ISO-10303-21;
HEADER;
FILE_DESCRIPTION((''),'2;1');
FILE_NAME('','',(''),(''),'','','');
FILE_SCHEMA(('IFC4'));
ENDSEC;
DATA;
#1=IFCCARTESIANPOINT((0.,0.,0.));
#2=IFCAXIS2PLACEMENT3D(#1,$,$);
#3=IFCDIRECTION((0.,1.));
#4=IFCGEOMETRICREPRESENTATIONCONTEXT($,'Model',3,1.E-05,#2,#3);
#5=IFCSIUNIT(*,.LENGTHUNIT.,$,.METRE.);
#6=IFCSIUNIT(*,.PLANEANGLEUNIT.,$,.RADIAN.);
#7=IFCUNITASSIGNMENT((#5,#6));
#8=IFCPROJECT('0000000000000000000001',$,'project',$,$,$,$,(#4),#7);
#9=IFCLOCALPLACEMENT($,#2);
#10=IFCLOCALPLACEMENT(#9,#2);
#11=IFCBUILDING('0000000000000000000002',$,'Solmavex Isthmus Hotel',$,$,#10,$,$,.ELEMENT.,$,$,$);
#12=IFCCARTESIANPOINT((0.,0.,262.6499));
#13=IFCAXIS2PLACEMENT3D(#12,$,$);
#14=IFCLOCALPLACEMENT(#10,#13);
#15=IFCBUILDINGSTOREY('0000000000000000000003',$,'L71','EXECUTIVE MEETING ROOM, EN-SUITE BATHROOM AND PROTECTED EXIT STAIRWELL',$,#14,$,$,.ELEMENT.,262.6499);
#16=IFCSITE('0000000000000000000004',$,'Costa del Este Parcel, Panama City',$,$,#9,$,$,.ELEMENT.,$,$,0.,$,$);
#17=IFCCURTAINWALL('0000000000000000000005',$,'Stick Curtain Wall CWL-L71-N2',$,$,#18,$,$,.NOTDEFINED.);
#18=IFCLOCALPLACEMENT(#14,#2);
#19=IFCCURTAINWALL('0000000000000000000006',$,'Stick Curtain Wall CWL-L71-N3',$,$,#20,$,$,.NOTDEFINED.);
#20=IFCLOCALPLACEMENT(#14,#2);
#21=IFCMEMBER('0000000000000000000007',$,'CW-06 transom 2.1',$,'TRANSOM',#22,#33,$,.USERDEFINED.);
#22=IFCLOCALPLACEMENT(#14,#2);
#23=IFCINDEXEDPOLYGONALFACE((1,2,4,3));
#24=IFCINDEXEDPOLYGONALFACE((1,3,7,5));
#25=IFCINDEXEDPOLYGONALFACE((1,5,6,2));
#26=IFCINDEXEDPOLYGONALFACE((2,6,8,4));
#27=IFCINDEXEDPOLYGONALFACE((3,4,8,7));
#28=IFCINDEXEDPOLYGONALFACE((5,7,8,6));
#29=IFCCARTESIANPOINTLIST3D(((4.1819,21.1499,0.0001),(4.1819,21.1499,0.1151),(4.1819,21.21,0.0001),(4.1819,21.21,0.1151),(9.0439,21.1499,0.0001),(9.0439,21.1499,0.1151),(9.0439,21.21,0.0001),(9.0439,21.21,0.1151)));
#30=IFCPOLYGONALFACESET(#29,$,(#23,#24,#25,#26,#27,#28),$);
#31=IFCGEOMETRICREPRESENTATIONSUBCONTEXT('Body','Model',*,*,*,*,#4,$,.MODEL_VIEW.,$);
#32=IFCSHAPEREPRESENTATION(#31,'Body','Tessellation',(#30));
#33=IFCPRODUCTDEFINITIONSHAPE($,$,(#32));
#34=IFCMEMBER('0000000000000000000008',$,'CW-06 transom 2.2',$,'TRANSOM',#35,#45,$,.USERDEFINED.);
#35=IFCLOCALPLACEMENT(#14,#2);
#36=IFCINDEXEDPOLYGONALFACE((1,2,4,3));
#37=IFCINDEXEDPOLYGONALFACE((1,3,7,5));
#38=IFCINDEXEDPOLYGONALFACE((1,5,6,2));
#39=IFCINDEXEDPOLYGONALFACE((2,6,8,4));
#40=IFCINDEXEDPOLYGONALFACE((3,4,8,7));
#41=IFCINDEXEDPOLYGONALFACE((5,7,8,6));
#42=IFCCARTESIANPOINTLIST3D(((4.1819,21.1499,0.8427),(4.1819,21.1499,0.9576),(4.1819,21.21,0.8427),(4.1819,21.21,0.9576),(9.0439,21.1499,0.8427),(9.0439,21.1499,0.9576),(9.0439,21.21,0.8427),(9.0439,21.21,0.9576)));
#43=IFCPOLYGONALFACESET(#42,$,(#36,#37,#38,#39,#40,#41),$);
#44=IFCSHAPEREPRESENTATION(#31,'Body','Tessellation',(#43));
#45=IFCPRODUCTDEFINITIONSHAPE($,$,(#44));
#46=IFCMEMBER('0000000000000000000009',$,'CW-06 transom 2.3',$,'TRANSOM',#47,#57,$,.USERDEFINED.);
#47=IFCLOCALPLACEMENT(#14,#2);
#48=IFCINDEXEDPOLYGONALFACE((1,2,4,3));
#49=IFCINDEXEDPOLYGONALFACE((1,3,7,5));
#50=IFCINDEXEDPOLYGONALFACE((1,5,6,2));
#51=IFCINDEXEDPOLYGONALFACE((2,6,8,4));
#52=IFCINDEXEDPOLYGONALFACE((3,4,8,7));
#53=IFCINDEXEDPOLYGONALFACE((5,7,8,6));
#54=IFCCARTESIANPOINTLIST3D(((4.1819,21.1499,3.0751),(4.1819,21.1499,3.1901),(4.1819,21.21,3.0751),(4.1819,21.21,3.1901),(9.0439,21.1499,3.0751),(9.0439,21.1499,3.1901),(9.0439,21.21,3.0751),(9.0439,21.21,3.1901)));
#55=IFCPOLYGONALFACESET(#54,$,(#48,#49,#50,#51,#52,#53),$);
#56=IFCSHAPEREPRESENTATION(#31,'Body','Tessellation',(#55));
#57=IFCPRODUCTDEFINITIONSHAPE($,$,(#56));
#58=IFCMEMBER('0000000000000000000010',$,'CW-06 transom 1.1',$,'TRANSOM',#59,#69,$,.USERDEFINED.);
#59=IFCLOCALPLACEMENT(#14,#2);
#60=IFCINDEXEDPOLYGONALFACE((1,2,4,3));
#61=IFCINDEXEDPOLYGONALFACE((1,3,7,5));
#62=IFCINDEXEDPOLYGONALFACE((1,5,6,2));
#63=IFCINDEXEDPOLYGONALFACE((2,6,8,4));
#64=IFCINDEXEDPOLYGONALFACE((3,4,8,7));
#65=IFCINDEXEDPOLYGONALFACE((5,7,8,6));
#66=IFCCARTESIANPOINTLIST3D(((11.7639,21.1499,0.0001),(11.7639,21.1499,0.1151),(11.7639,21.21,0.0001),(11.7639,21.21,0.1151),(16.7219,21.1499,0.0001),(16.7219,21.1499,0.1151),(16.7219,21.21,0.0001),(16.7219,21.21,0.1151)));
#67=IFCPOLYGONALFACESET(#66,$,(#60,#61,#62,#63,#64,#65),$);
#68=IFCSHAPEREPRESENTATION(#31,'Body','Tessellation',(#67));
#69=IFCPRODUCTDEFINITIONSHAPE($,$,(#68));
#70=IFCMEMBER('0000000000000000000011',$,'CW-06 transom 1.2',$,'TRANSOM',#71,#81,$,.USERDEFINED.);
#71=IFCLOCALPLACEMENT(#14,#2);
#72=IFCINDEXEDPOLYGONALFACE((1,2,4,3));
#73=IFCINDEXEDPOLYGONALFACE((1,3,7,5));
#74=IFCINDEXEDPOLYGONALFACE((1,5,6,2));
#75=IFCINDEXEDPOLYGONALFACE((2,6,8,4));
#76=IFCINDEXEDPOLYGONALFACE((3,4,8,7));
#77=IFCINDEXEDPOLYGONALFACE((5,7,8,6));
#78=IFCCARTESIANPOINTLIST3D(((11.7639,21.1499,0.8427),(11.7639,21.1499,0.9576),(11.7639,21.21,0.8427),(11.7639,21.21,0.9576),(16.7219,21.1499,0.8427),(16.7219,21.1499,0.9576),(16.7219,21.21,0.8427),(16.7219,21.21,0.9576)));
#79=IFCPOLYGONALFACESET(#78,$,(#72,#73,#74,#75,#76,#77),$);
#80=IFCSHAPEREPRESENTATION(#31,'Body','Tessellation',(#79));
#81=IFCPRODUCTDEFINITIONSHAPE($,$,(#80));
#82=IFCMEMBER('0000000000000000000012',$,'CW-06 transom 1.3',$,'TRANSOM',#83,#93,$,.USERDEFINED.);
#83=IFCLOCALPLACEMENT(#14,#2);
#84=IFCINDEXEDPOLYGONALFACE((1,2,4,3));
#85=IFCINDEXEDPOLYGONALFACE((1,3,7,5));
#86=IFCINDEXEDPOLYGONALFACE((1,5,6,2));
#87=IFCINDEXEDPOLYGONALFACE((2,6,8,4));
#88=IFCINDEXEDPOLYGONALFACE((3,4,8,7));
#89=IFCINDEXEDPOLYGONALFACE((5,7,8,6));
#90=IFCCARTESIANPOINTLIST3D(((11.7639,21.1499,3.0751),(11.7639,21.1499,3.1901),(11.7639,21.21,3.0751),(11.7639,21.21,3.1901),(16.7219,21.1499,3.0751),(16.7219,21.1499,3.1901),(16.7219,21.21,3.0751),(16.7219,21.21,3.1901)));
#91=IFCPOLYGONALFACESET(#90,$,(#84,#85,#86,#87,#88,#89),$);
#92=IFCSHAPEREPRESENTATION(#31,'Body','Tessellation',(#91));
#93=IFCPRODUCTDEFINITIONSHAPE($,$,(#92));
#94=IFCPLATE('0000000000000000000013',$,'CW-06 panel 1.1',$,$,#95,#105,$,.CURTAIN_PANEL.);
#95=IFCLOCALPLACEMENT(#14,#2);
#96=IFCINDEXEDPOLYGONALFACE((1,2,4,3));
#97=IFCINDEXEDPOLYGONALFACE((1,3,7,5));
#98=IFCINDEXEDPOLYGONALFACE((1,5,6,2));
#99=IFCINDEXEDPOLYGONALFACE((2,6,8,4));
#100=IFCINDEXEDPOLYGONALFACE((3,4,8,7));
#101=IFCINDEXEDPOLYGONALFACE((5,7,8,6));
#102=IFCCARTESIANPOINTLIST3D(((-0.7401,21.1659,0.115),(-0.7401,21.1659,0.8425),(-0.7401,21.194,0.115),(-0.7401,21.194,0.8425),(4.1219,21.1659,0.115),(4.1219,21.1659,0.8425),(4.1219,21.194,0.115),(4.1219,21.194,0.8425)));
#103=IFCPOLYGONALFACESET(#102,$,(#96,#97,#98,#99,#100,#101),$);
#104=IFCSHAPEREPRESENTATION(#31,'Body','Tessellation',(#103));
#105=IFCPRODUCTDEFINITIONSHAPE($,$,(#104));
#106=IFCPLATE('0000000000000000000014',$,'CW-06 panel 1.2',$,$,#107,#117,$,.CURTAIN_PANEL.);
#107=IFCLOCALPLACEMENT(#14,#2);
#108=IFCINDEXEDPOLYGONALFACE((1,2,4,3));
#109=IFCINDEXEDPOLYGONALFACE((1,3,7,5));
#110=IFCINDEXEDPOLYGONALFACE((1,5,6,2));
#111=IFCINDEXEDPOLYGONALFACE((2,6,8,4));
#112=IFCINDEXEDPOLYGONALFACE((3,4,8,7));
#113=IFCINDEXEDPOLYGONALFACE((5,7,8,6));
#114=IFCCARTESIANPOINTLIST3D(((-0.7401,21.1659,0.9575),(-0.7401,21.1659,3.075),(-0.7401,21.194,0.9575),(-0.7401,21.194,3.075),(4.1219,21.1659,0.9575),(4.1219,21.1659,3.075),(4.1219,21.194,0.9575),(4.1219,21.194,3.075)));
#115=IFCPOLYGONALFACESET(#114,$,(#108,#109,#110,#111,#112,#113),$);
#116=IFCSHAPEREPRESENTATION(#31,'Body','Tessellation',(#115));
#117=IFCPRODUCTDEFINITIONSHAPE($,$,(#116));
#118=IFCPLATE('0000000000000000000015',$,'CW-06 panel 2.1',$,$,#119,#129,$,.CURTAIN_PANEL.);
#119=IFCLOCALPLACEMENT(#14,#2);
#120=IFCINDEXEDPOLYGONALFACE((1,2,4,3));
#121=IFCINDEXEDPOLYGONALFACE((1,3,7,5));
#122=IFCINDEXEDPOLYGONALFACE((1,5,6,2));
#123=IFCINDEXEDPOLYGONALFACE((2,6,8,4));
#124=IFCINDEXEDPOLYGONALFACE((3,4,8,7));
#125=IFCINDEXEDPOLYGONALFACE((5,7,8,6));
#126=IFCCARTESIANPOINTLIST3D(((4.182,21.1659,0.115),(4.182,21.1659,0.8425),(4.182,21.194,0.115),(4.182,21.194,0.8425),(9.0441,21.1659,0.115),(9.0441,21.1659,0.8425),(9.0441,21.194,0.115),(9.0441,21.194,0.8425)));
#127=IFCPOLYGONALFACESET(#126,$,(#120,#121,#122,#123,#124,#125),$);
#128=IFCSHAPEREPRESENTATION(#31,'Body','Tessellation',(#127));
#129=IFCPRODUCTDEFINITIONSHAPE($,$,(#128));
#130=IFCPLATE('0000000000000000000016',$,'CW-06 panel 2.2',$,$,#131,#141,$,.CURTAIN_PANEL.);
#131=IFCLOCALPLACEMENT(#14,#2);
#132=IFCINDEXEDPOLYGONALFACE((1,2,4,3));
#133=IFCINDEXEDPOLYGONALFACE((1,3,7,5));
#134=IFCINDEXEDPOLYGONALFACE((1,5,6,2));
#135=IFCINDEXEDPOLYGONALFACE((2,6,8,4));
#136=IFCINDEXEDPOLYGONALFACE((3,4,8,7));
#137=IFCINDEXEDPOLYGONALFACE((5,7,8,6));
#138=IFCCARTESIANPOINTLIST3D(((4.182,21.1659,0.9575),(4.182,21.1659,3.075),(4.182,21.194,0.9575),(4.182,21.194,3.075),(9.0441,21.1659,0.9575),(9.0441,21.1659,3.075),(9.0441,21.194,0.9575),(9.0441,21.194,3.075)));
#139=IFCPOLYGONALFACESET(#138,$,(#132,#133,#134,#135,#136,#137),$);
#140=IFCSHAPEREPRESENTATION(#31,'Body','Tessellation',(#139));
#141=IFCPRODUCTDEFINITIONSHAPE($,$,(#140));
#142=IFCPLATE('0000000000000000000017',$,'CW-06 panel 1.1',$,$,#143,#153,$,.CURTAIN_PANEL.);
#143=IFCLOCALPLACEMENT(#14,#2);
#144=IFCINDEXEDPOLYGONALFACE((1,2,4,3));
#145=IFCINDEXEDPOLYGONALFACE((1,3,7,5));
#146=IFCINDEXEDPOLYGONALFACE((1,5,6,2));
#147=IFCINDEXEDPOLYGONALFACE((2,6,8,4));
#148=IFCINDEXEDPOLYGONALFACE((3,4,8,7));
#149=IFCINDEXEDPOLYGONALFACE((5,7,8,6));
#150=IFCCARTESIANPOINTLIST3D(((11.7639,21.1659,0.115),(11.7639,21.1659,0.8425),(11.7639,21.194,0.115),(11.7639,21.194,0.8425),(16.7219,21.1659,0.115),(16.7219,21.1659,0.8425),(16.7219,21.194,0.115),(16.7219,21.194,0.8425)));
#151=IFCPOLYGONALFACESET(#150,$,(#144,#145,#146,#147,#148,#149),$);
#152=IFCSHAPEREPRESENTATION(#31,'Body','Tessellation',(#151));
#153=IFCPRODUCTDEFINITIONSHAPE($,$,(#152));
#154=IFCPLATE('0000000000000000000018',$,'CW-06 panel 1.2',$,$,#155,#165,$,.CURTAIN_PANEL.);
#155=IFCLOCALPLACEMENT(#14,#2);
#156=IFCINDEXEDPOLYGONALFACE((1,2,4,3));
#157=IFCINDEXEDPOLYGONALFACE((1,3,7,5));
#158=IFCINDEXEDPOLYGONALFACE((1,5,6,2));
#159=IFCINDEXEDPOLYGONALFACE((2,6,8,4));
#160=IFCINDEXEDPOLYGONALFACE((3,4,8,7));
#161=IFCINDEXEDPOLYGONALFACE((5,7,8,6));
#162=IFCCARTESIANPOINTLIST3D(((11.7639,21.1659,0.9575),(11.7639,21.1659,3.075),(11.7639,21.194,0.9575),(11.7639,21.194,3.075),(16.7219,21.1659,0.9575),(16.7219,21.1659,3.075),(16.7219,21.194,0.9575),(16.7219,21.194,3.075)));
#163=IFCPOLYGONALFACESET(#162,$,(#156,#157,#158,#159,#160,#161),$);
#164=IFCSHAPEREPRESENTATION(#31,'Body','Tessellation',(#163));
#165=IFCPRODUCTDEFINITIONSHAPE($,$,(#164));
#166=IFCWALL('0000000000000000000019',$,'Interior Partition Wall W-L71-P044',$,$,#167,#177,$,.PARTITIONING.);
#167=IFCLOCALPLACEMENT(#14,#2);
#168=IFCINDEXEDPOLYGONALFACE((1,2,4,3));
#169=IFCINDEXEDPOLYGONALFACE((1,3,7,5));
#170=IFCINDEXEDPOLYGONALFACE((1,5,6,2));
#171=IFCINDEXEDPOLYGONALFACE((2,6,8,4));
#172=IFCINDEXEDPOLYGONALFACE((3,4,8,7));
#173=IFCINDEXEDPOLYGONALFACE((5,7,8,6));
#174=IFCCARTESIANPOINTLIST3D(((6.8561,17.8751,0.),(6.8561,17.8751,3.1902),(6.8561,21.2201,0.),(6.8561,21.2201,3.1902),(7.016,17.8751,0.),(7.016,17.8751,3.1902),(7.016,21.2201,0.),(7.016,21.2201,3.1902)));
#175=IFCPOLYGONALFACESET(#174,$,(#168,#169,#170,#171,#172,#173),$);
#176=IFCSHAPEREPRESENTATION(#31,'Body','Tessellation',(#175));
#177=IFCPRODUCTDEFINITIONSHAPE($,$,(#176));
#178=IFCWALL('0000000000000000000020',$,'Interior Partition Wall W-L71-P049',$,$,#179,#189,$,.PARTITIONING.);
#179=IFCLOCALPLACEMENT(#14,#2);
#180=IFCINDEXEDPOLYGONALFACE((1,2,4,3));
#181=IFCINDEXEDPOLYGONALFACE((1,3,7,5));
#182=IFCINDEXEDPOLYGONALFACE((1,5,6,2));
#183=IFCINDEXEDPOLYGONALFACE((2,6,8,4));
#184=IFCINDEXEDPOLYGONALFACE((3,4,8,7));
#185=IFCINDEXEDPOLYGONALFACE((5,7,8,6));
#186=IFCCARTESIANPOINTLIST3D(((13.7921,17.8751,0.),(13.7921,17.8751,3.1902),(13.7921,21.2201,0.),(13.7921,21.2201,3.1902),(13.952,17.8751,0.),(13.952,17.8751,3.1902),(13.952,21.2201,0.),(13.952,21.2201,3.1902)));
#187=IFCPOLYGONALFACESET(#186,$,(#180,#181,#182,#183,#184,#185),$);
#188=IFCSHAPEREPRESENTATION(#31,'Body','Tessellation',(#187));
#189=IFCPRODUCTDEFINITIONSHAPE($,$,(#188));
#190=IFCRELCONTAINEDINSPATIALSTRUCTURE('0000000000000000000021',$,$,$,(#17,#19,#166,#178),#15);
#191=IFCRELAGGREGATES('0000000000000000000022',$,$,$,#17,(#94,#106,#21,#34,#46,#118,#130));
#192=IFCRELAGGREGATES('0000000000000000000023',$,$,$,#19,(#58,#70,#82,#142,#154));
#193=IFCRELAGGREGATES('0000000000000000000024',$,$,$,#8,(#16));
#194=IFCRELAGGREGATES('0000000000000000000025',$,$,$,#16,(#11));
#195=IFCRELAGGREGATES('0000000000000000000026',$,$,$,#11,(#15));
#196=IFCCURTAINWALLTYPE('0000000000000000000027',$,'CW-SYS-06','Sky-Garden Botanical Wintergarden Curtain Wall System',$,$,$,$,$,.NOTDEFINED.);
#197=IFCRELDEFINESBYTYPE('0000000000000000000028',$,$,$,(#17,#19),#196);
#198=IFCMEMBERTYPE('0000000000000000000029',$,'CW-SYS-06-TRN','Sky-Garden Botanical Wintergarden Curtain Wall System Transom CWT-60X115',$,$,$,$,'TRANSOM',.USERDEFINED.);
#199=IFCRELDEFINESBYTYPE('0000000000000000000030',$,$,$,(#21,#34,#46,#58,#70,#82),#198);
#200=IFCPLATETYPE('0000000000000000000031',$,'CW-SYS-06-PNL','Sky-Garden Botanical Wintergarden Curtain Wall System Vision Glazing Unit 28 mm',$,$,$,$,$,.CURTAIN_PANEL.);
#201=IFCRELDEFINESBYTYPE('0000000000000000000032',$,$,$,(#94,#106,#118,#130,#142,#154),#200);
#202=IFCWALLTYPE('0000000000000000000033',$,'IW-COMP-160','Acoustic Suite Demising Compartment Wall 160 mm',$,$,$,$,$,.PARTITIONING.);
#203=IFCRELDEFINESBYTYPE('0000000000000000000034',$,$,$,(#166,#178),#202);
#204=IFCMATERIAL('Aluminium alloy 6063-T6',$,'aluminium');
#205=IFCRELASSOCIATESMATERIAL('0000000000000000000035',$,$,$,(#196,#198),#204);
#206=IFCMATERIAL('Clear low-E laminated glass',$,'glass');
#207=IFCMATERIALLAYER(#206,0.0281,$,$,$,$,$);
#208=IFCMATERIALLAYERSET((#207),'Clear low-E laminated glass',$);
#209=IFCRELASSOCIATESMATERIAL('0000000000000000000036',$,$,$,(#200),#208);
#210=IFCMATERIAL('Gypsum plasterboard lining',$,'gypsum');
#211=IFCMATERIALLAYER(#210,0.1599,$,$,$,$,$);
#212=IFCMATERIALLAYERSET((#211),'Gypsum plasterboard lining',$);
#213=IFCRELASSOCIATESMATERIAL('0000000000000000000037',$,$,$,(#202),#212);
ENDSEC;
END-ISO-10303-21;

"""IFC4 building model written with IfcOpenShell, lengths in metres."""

from ifc_helpers import new_model, si_unit, direction, frame, frame_2d, origin, origin_2d, place, context, subcontext, project, spatial, rectangle, extrude, material, layer, layer_set, material_profile, profile_set, type_object, element, aggregate, save


model = new_model("IFC4")

# Units and contexts
model_context = context("Model", 3, precision=1e-05, world=origin(), true_north=direction((0.0, 1.0)))
body_context = subcontext(model_context, "Body", "Model", "MODEL_VIEW")
ifc_project = project(units=[si_unit("LENGTHUNIT", "METRE"), si_unit("PLANEANGLEUNIT", "RADIAN")], contexts=[model_context])

# Site, building, storey
site_placement = place(None, origin())
site = spatial("IfcSite", under=ifc_project, at=site_placement, Name="Costa del Este Parcel, Panama City", CompositionType="ELEMENT", RefElevation=0.0)
building_placement = place(site_placement, origin())
building = spatial("IfcBuilding", under=site, at=building_placement, Name="Solmavex Isthmus Hotel", CompositionType="ELEMENT")
storey_placement = place(building_placement, frame((0.0, 0.0, 262.6499)))
storey = spatial("IfcBuildingStorey", under=building, at=storey_placement, Name="L71", Description="EXECUTIVE MEETING ROOM, EN-SUITE BATHROOM AND PROTECTED EXIT STAIRWELL", CompositionType="ELEMENT", Elevation=262.6499)

# Curtain wall
ifc_material_1 = material(Name="Aluminium alloy 6063-T6", Category="aluminium")
curtain_wall_type = type_object("IfcCurtainWallType", Name="CW-SYS-06", Description="Sky-Garden Botanical Wintergarden Curtain Wall System", PredefinedType="NOTDEFINED", material=ifc_material_1)
curtain_wall_1_placement = place(storey_placement, origin())
curtain_wall_1 = element("IfcCurtainWall", 1, at=curtain_wall_1_placement, inside=storey, type_object=curtain_wall_type, Name="Stick Curtain Wall CWL-L71-N2", PredefinedType="NOTDEFINED")

# Curtain wall
curtain_wall_2_placement = place(storey_placement, origin())
curtain_wall_2 = element("IfcCurtainWall", 2, at=curtain_wall_2_placement, inside=storey, type_object=curtain_wall_type, Name="Stick Curtain Wall CWL-L71-N3", PredefinedType="NOTDEFINED")

# Members
ifc_material_profile_1 = material_profile(ifc_material_1, rectangle(XDim=0.0601, YDim=0.115, at=origin_2d()), Name="CWT-60X115")
ifc_profile_set_1 = profile_set([ifc_material_profile_1], Name="Aluminium alloy 6063-T6")
member_type_1 = type_object("IfcMemberType", Name="CW-SYS-06-TRN", Description="Sky-Garden Botanical Wintergarden Curtain Wall System Transom CWT-60X115", ElementType="TRANSOM", PredefinedType="USERDEFINED", material=ifc_profile_set_1)
member_1_placement = place(storey_placement, frame((4.1819, 21.1799, 0.0576), z_axis=(1.0, 0.0, 0.0), x_axis=(0.0, 1.0, 0.0)))
member_1 = element("IfcMember", 3, at=member_1_placement, type_object=member_type_1, Name="CW-06 transom 2.1", ObjectType="TRANSOM", PredefinedType="USERDEFINED", context=body_context, shape_type="SweptSolid", body=[
    extrude(rectangle(XDim=0.0601, YDim=0.115, at=origin_2d()), origin(), (0.0, 0.0, 1.0), 4.8621),
])
member_2_placement = place(storey_placement, frame((4.1819, 21.1799, 0.9001), z_axis=(1.0, 0.0, 0.0), x_axis=(0.0, 1.0, 0.0)))
member_2 = element("IfcMember", 4, at=member_2_placement, type_object=member_type_1, Name="CW-06 transom 2.2", ObjectType="TRANSOM", PredefinedType="USERDEFINED", context=body_context, shape_type="SweptSolid", body=[
    extrude(rectangle(XDim=0.0601, YDim=0.115, at=origin_2d()), origin(), (0.0, 0.0, 1.0), 4.8621),
])
member_3_placement = place(storey_placement, frame((4.1819, 21.1799, 3.1326), z_axis=(1.0, 0.0, 0.0), x_axis=(0.0, 1.0, 0.0)))
member_3 = element("IfcMember", 5, at=member_3_placement, type_object=member_type_1, Name="CW-06 transom 2.3", ObjectType="TRANSOM", PredefinedType="USERDEFINED", context=body_context, shape_type="SweptSolid", body=[
    extrude(rectangle(XDim=0.0601, YDim=0.115, at=origin_2d()), origin(), (0.0, 0.0, 1.0), 4.8621),
])
member_4_placement = place(storey_placement, frame((11.7639, 21.1799, 0.0576), z_axis=(1.0, 0.0, 0.0), x_axis=(0.0, 1.0, 0.0)))
member_4 = element("IfcMember", 6, at=member_4_placement, type_object=member_type_1, Name="CW-06 transom 1.1", ObjectType="TRANSOM", PredefinedType="USERDEFINED", context=body_context, shape_type="SweptSolid", body=[
    extrude(rectangle(XDim=0.0601, YDim=0.115, at=origin_2d()), origin(), (0.0, 0.0, 1.0), 4.958),
])
member_5_placement = place(storey_placement, frame((11.7639, 21.1799, 0.9001), z_axis=(1.0, 0.0, 0.0), x_axis=(0.0, 1.0, 0.0)))
member_5 = element("IfcMember", 7, at=member_5_placement, type_object=member_type_1, Name="CW-06 transom 1.2", ObjectType="TRANSOM", PredefinedType="USERDEFINED", context=body_context, shape_type="SweptSolid", body=[
    extrude(rectangle(XDim=0.0601, YDim=0.115, at=origin_2d()), origin(), (0.0, 0.0, 1.0), 4.958),
])
member_6_placement = place(storey_placement, frame((11.7639, 21.1799, 3.1326), z_axis=(1.0, 0.0, 0.0), x_axis=(0.0, 1.0, 0.0)))
member_6 = element("IfcMember", 8, at=member_6_placement, type_object=member_type_1, Name="CW-06 transom 1.3", ObjectType="TRANSOM", PredefinedType="USERDEFINED", context=body_context, shape_type="SweptSolid", body=[
    extrude(rectangle(XDim=0.0601, YDim=0.115, at=origin_2d()), origin(), (0.0, 0.0, 1.0), 4.958),
])

# Plates
ifc_material_2 = material(Name="Clear low-E laminated glass", Category="glass")
ifc_layer_1 = layer(ifc_material_2, 0.0281)
ifc_layer_set_1 = layer_set([ifc_layer_1], Name="Clear low-E laminated glass")
plate_type = type_object("IfcPlateType", Name="CW-SYS-06-PNL", Description="Sky-Garden Botanical Wintergarden Curtain Wall System Vision Glazing Unit 28 mm", PredefinedType="CURTAIN_PANEL", material=ifc_layer_set_1)
plate_1_placement = place(storey_placement, frame((1.6909, 21.1799, 0.115), z_axis=(0.0, 0.0, 1.0), x_axis=(1.0, 0.0, 0.0)))
plate_1 = element("IfcPlate", 9, at=plate_1_placement, type_object=plate_type, Name="CW-06 panel 1.1", PredefinedType="CURTAIN_PANEL", context=body_context, shape_type="SweptSolid", body=[
    extrude(rectangle(XDim=4.8621, YDim=0.0281, at=origin_2d()), origin(), (0.0, 0.0, 1.0), 0.7275),
])
plate_2_placement = place(storey_placement, frame((1.6909, 21.1799, 0.9575), z_axis=(0.0, 0.0, 1.0), x_axis=(1.0, 0.0, 0.0)))
plate_2 = element("IfcPlate", 10, at=plate_2_placement, type_object=plate_type, Name="CW-06 panel 1.2", PredefinedType="CURTAIN_PANEL", context=body_context, shape_type="SweptSolid", body=[
    extrude(rectangle(XDim=4.8621, YDim=0.0281, at=origin_2d()), origin(), (0.0, 0.0, 1.0), 2.1174),
])
plate_3_placement = place(storey_placement, frame((6.613, 21.1799, 0.115), z_axis=(0.0, 0.0, 1.0), x_axis=(1.0, 0.0, 0.0)))
plate_3 = element("IfcPlate", 11, at=plate_3_placement, type_object=plate_type, Name="CW-06 panel 2.1", PredefinedType="CURTAIN_PANEL", context=body_context, shape_type="SweptSolid", body=[
    extrude(rectangle(XDim=4.8621, YDim=0.0281, at=origin_2d()), origin(), (0.0, 0.0, 1.0), 0.7275),
])
plate_4_placement = place(storey_placement, frame((6.613, 21.1799, 0.9575), z_axis=(0.0, 0.0, 1.0), x_axis=(1.0, 0.0, 0.0)))
plate_4 = element("IfcPlate", 12, at=plate_4_placement, type_object=plate_type, Name="CW-06 panel 2.2", PredefinedType="CURTAIN_PANEL", context=body_context, shape_type="SweptSolid", body=[
    extrude(rectangle(XDim=4.8621, YDim=0.0281, at=origin_2d()), origin(), (0.0, 0.0, 1.0), 2.1174),
])
aggregate(curtain_wall_1, [plate_1, plate_2, member_1, member_2, member_3, plate_3, plate_4])
plate_5_placement = place(storey_placement, frame((14.2429, 21.1799, 0.115), z_axis=(0.0, 0.0, 1.0), x_axis=(1.0, 0.0, 0.0)))
plate_5 = element("IfcPlate", 13, at=plate_5_placement, type_object=plate_type, Name="CW-06 panel 1.1", PredefinedType="CURTAIN_PANEL", context=body_context, shape_type="SweptSolid", body=[
    extrude(rectangle(XDim=4.958, YDim=0.0281, at=origin_2d()), origin(), (0.0, 0.0, 1.0), 0.7275),
])
plate_6_placement = place(storey_placement, frame((14.2429, 21.1799, 0.9575), z_axis=(0.0, 0.0, 1.0), x_axis=(1.0, 0.0, 0.0)))
plate_6 = element("IfcPlate", 14, at=plate_6_placement, type_object=plate_type, Name="CW-06 panel 1.2", PredefinedType="CURTAIN_PANEL", context=body_context, shape_type="SweptSolid", body=[
    extrude(rectangle(XDim=4.958, YDim=0.0281, at=origin_2d()), origin(), (0.0, 0.0, 1.0), 2.1174),
])
aggregate(curtain_wall_2, [member_4, member_5, member_6, plate_5, plate_6])

# Walls
ifc_material_3 = material(Name="Gypsum plasterboard lining", Category="gypsum")
ifc_layer_2 = layer(ifc_material_3, 0.1599)
ifc_layer_set_2 = layer_set([ifc_layer_2], Name="Gypsum plasterboard lining")
wall_type_1 = type_object("IfcWallType", Name="IW-COMP-160", Description="Acoustic Suite Demising Compartment Wall 160 mm", PredefinedType="PARTITIONING", material=ifc_layer_set_2)
for number, where, z_axis, x_axis, name in (
    (15, (6.936, 21.22, 0.0), (0.0, 0.0, 1.0), (0.0, -1.0, 0.0), "Interior Partition Wall W-L71-P044"),
    (16, (13.8721, 21.22, 0.0), (0.0, 0.0, 1.0), (0.0, -1.0, 0.0), "Interior Partition Wall W-L71-P049"),
):
    element("IfcWall", number, at=place(storey_placement, frame(where, z_axis=z_axis, x_axis=x_axis)), inside=storey, type_object=wall_type_1, Name=name, PredefinedType="PARTITIONING", context=body_context, shape_type="SweptSolid", body=[
        extrude(rectangle(XDim=3.345, YDim=0.1599, at=frame_2d((1.6724, 0.0))), origin(), (0.0, 0.0, 1.0), 3.1902),
    ])

save(model, "model.ifc")
